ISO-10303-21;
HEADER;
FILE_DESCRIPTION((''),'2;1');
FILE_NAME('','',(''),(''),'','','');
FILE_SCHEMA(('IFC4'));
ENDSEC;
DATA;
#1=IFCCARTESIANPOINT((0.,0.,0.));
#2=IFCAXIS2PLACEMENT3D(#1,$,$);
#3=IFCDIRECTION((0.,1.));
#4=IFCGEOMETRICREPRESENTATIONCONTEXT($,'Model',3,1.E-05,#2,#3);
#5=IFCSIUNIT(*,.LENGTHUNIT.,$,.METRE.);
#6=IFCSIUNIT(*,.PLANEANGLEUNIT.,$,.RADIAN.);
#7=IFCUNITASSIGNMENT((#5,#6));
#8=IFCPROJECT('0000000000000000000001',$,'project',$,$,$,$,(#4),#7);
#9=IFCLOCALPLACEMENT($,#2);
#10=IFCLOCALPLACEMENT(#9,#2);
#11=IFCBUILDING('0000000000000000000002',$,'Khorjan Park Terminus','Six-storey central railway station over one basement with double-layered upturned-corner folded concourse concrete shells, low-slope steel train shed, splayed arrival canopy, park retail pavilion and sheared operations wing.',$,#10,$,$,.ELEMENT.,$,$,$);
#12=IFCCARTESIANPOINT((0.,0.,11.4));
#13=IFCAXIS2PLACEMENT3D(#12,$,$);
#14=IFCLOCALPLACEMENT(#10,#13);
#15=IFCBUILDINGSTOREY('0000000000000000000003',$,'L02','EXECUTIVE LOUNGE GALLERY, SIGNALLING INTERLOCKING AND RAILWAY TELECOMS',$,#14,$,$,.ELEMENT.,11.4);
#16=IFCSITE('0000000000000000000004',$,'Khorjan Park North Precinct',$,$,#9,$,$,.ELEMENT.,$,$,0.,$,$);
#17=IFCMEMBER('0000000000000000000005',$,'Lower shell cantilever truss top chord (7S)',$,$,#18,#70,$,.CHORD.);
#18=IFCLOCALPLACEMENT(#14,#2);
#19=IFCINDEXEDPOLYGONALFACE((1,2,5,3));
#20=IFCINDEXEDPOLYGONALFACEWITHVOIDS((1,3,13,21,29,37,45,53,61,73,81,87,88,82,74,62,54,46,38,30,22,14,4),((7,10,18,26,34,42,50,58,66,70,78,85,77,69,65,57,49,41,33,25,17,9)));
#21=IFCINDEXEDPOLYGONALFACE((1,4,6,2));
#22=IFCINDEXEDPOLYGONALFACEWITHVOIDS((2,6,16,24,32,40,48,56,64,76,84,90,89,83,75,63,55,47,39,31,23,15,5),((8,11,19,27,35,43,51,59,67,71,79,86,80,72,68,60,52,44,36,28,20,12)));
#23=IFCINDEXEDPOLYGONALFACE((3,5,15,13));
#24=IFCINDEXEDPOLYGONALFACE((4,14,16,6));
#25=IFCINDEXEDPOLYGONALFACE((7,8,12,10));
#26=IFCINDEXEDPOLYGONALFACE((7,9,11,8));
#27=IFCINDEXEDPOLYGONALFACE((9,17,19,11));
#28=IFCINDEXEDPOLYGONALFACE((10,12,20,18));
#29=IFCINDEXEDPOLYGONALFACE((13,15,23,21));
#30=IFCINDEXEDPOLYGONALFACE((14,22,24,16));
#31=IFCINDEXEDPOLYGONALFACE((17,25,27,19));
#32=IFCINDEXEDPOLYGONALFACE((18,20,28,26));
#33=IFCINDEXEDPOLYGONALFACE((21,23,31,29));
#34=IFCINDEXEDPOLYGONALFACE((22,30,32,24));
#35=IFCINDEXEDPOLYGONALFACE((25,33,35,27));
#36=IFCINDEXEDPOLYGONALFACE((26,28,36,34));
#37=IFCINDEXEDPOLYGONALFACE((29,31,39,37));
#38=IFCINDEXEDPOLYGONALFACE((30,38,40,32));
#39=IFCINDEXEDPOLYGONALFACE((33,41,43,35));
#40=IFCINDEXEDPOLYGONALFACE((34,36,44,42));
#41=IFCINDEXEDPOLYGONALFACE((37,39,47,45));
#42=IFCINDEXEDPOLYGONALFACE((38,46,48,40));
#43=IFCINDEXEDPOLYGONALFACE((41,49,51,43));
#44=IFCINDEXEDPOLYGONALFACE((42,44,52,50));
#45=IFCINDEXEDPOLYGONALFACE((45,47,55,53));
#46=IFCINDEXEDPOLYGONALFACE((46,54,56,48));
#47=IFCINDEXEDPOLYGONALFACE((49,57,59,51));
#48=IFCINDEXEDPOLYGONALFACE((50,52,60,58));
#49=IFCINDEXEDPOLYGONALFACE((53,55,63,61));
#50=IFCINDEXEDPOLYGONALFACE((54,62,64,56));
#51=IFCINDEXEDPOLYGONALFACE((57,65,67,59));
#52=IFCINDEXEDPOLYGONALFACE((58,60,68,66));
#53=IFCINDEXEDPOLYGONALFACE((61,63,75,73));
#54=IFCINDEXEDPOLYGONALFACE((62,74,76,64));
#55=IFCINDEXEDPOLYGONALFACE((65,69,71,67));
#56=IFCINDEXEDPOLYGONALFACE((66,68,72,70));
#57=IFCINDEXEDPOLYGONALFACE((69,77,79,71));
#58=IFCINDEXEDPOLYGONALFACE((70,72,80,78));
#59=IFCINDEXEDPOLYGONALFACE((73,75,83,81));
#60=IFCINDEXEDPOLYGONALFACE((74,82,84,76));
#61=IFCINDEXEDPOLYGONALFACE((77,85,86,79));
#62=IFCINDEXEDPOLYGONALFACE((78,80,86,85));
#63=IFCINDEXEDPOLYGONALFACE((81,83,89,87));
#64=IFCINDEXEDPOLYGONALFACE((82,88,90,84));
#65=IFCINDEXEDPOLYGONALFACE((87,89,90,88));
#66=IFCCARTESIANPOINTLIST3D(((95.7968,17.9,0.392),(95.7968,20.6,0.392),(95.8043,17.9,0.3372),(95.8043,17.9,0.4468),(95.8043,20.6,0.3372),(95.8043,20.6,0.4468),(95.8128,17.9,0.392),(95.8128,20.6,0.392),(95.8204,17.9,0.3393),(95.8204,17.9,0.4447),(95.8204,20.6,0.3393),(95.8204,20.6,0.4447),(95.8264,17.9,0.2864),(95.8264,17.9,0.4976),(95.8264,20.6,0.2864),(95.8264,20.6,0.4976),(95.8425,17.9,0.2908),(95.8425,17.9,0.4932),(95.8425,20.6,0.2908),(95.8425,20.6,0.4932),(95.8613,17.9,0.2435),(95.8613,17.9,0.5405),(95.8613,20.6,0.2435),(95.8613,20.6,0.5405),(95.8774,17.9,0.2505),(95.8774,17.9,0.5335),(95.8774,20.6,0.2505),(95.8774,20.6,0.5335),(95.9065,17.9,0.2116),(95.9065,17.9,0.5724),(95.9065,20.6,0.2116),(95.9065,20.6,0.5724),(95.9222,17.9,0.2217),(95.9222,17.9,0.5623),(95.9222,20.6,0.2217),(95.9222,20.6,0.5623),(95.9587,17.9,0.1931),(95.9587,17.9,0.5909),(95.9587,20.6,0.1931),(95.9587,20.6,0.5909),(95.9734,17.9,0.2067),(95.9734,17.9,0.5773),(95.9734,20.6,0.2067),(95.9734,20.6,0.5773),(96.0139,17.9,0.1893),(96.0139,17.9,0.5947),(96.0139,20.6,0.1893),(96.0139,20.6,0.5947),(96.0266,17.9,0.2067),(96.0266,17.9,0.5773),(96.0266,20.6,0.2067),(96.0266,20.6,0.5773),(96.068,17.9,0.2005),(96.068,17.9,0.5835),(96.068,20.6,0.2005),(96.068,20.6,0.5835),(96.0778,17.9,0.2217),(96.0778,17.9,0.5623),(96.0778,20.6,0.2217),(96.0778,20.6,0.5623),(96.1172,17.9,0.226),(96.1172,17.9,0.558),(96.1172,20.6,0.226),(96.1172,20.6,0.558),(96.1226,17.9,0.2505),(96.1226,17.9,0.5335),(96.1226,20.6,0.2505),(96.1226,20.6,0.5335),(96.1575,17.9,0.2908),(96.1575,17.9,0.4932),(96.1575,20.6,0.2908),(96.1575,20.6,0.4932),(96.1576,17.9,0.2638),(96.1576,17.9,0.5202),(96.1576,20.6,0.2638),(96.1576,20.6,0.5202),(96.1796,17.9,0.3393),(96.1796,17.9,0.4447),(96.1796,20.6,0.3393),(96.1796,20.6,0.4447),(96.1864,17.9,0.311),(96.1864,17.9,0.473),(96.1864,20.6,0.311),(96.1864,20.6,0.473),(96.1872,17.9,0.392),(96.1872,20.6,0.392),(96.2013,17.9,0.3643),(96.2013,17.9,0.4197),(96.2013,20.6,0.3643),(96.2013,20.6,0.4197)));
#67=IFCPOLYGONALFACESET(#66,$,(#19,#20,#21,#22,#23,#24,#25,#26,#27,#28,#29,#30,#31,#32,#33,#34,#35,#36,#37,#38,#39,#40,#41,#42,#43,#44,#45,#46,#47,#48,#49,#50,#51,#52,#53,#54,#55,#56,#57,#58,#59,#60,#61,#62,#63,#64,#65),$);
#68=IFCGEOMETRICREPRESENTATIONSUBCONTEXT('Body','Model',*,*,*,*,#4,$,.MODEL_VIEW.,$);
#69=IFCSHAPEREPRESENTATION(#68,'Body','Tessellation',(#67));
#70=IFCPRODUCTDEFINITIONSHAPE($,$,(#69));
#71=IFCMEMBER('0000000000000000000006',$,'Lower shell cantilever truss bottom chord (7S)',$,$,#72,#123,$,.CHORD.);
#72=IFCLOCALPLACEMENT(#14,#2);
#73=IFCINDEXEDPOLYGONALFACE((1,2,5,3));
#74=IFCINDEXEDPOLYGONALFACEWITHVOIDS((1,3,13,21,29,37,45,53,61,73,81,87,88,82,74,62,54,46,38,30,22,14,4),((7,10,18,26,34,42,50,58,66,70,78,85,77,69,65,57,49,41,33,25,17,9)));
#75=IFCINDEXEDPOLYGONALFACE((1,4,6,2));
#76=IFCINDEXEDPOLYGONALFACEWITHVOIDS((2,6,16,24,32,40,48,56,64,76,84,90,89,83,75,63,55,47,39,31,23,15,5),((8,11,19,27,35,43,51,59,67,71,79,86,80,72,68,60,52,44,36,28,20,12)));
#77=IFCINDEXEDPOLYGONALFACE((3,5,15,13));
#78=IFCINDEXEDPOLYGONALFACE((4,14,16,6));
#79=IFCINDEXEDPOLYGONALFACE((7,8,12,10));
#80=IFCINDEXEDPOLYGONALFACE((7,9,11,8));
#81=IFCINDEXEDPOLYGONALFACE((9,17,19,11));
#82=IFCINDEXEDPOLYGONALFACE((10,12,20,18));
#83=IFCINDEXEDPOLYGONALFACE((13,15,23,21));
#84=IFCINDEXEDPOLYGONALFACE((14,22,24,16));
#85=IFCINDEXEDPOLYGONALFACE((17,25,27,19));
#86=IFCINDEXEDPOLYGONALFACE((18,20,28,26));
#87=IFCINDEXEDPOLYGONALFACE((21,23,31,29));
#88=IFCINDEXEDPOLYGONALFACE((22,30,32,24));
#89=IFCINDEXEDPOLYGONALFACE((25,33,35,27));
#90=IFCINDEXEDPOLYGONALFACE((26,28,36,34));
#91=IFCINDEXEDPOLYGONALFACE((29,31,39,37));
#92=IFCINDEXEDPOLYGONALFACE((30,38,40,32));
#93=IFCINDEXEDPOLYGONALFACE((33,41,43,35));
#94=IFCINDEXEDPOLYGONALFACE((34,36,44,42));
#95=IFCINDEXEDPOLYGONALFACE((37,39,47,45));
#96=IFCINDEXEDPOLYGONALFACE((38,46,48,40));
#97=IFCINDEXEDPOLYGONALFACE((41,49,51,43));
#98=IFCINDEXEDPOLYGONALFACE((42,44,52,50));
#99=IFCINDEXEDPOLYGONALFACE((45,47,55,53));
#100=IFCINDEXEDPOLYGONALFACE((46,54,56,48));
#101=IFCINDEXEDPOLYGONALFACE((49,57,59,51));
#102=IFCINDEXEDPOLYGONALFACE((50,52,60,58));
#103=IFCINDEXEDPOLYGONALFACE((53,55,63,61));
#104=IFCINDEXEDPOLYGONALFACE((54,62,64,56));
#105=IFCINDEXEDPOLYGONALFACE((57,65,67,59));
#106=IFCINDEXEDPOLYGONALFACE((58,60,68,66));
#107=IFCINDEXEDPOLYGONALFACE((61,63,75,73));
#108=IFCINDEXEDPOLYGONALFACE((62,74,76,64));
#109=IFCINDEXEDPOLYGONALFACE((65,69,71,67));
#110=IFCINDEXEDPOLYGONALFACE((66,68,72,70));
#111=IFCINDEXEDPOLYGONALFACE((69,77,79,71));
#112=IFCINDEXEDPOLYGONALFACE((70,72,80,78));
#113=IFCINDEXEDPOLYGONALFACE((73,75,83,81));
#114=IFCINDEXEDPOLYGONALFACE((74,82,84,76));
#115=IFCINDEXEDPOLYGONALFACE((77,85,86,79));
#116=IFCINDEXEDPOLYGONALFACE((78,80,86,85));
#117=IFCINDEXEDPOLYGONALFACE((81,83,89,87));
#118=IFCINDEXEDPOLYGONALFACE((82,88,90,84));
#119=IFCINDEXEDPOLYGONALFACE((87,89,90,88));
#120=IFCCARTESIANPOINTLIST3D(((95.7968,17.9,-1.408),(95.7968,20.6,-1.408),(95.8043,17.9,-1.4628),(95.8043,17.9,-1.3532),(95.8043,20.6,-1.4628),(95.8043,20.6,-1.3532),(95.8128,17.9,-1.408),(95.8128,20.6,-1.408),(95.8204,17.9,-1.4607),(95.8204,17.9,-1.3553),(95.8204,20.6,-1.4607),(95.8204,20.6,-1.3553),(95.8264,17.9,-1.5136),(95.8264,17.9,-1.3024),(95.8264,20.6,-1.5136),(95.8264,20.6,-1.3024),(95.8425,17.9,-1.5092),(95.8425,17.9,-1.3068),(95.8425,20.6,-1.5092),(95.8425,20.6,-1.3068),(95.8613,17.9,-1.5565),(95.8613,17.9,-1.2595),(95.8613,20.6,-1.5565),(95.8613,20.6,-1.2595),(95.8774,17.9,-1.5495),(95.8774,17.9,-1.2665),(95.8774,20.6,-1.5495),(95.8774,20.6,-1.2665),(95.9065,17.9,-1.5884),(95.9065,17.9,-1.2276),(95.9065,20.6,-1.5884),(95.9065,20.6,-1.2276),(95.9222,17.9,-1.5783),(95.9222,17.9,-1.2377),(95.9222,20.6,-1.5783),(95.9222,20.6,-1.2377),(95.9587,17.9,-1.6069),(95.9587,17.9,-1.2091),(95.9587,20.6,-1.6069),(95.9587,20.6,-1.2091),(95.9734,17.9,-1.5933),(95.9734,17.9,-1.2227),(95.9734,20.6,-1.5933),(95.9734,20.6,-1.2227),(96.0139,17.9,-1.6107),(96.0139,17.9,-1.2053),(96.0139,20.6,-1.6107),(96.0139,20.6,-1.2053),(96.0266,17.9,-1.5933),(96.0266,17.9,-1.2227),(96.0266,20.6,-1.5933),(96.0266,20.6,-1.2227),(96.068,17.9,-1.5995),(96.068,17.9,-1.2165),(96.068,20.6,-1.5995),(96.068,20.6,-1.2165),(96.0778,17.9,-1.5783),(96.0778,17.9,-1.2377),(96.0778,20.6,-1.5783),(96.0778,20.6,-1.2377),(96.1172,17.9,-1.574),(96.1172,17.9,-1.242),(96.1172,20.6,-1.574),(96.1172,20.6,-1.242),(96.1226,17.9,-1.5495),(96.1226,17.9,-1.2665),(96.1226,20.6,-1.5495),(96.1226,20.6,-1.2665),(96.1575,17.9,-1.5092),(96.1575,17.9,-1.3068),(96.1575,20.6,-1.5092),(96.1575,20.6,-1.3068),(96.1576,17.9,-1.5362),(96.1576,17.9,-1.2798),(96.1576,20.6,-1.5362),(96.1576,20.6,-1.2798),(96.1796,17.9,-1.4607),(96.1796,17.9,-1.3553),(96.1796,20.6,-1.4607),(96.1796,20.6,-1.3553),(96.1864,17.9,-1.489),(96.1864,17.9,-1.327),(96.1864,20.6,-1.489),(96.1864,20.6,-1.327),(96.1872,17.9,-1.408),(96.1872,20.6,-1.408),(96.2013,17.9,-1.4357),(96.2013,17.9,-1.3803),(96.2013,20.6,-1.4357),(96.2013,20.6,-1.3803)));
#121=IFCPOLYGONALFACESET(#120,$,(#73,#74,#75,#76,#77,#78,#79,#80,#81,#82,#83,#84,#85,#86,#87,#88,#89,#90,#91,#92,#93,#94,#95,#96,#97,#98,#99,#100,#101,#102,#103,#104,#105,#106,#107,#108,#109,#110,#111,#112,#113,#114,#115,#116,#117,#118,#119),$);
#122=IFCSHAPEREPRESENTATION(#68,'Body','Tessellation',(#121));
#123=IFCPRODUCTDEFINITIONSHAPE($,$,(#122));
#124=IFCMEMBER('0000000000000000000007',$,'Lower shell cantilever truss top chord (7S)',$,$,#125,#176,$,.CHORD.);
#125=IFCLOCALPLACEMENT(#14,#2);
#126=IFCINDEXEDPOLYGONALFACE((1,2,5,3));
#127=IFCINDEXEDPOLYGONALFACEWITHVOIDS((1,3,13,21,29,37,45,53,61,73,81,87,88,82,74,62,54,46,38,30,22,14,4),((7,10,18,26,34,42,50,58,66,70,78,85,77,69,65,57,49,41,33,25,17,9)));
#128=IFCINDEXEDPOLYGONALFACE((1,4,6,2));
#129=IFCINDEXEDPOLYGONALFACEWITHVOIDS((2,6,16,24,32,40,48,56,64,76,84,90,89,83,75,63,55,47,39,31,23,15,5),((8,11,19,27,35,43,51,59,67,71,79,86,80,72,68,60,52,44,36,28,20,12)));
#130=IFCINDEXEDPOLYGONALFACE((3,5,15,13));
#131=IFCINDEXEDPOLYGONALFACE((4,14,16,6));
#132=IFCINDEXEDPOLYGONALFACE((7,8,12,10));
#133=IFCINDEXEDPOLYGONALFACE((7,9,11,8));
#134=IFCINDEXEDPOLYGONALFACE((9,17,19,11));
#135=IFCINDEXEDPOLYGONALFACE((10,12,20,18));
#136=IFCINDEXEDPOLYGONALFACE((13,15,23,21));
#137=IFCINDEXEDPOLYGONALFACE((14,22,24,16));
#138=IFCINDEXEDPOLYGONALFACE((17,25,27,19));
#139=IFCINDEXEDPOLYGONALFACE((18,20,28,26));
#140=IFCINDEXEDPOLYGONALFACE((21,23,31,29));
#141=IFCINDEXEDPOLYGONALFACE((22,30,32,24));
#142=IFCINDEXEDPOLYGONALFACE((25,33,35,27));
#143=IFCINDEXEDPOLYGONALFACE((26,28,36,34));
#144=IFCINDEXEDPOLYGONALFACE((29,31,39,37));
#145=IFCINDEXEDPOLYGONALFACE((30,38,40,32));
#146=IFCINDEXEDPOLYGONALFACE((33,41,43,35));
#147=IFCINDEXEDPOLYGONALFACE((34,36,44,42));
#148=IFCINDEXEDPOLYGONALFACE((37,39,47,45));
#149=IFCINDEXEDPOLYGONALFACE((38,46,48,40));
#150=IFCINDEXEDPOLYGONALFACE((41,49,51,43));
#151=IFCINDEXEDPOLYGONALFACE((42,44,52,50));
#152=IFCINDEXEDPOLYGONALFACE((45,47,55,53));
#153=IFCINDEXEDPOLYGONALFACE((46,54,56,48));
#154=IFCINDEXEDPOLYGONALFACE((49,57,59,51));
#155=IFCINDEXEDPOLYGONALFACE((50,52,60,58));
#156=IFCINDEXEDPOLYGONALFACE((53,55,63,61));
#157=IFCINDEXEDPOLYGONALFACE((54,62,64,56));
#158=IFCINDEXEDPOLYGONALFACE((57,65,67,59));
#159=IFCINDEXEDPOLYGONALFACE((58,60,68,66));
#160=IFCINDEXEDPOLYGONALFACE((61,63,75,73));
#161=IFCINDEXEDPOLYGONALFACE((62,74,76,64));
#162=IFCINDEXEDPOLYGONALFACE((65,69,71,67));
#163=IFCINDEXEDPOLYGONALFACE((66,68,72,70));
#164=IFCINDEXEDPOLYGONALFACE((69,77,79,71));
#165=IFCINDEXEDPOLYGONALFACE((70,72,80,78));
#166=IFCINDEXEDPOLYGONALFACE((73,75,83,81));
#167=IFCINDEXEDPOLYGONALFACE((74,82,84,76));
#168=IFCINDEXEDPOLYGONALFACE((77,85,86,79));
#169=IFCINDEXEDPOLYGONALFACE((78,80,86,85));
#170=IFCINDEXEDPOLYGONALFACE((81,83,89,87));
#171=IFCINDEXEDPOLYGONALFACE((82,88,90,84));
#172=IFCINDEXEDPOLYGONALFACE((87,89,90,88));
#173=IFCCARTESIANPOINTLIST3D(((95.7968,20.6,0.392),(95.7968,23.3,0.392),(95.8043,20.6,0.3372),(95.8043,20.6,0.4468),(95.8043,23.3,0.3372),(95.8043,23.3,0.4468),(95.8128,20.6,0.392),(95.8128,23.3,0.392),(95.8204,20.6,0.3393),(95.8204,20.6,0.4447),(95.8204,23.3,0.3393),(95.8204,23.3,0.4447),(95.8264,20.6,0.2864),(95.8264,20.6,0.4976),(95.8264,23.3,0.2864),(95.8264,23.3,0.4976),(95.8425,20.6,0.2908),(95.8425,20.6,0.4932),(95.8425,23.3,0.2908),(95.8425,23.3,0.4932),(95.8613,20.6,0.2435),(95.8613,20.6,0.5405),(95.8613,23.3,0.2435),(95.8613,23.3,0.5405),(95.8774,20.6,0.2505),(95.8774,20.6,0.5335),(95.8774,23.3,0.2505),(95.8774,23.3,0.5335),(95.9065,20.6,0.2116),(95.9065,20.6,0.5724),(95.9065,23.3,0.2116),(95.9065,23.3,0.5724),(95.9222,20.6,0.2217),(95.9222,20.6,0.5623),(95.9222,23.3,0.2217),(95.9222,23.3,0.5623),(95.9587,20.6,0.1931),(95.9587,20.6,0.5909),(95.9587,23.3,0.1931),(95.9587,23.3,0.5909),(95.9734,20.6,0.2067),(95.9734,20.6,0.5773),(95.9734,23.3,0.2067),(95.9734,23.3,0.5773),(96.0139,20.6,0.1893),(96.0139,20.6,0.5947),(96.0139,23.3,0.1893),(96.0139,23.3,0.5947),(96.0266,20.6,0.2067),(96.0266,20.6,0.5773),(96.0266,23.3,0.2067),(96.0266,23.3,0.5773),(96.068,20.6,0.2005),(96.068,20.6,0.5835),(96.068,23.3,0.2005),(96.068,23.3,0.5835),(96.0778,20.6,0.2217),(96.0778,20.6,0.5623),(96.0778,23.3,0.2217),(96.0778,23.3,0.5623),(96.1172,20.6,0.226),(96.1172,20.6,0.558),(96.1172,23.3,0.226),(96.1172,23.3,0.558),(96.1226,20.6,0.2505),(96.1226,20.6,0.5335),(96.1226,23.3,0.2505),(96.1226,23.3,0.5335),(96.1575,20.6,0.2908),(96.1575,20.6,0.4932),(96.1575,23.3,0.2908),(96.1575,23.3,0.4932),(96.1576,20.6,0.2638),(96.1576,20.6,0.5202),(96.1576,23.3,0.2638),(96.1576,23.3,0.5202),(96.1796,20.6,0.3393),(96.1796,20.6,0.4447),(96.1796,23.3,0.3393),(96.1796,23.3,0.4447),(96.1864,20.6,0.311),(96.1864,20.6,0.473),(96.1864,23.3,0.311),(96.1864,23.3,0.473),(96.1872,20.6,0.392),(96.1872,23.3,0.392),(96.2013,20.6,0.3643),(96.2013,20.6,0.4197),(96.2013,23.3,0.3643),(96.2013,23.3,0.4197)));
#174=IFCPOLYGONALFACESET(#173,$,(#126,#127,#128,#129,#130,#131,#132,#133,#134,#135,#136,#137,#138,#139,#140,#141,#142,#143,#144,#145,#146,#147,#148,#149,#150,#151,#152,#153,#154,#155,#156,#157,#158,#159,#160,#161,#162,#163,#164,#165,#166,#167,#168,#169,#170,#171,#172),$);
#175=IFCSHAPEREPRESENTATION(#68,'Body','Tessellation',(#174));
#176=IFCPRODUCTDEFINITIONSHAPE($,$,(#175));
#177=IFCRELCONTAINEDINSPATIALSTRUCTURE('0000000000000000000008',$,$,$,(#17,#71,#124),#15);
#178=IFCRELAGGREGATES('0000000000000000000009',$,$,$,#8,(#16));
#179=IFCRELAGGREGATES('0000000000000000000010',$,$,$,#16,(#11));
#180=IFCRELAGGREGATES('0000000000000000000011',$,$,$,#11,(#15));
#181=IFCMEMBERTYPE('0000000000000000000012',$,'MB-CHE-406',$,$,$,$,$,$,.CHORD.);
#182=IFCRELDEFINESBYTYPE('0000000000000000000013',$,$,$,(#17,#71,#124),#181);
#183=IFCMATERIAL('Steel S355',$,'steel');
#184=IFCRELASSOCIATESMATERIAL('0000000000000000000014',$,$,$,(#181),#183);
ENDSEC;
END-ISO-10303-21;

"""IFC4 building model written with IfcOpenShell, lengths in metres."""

from ifc_helpers import new_model, si_unit, direction, frame, origin, origin_2d, place, context, subcontext, project, spatial, hollow_circle, extrude, material, material_profile, profile_set, type_object, element, save


model = new_model("IFC4")

# Units and contexts
model_context = context("Model", 3, precision=1e-05, world=origin(), true_north=direction((0.0, 1.0)))
body_context = subcontext(model_context, "Body", "Model", "MODEL_VIEW")
ifc_project = project(units=[si_unit("LENGTHUNIT", "METRE"), si_unit("PLANEANGLEUNIT", "RADIAN")], contexts=[model_context])

# Site, building, storey
site_placement = place(None, origin())
site = spatial("IfcSite", under=ifc_project, at=site_placement, Name="Khorjan Park North Precinct", CompositionType="ELEMENT", RefElevation=0.0)
building_placement = place(site_placement, origin())
building = spatial("IfcBuilding", under=site, at=building_placement, Name="Khorjan Park Terminus", Description="Six-storey central railway station over one basement with double-layered upturned-corner folded concourse concrete shells, low-slope steel train shed, splayed arrival canopy, park retail pavilion and sheared operations wing.", CompositionType="ELEMENT")
storey_placement = place(building_placement, frame((0.0, 0.0, 11.4)))
storey = spatial("IfcBuildingStorey", under=building, at=storey_placement, Name="L02", Description="EXECUTIVE LOUNGE GALLERY, SIGNALLING INTERLOCKING AND RAILWAY TELECOMS", CompositionType="ELEMENT", Elevation=11.4)

# Members
ifc_material_1 = material(Name="Steel S355", Category="steel")
ifc_material_profile_1 = material_profile(ifc_material_1, hollow_circle(Radius=0.2032, WallThickness=0.016, at=origin_2d()), Name="CHS 406.4x16")
ifc_profile_set_1 = profile_set([ifc_material_profile_1], Name="Steel S355")
member_type_1 = type_object("IfcMemberType", Name="MB-CHE-406", PredefinedType="CHORD", material=ifc_profile_set_1)
for number, where, z_axis, x_axis, name in (
    (1, (96.0, 17.9, 0.392), (0.0, 1.0, 0.0), (-1.0, 0.0, 0.0), "Lower shell cantilever truss top chord (7S)"),
    (2, (96.0, 17.9, -1.408), (0.0, 1.0, 0.0), (-1.0, 0.0, 0.0), "Lower shell cantilever truss bottom chord (7S)"),
    (3, (96.0, 20.6, 0.392), (0.0, 1.0, 0.0), (-1.0, 0.0, 0.0), "Lower shell cantilever truss top chord (7S)"),
):
    element("IfcMember", number, at=place(storey_placement, frame(where, z_axis=z_axis, x_axis=x_axis)), inside=storey, type_object=member_type_1, Name=name, PredefinedType="CHORD", context=body_context, shape_type="SweptSolid", body=[
        extrude(hollow_circle(Radius=0.2032, WallThickness=0.016, at=origin_2d()), origin(), (0.0, 0.0, 1.0), 2.7),
    ])

save(model, "model.ifc")
